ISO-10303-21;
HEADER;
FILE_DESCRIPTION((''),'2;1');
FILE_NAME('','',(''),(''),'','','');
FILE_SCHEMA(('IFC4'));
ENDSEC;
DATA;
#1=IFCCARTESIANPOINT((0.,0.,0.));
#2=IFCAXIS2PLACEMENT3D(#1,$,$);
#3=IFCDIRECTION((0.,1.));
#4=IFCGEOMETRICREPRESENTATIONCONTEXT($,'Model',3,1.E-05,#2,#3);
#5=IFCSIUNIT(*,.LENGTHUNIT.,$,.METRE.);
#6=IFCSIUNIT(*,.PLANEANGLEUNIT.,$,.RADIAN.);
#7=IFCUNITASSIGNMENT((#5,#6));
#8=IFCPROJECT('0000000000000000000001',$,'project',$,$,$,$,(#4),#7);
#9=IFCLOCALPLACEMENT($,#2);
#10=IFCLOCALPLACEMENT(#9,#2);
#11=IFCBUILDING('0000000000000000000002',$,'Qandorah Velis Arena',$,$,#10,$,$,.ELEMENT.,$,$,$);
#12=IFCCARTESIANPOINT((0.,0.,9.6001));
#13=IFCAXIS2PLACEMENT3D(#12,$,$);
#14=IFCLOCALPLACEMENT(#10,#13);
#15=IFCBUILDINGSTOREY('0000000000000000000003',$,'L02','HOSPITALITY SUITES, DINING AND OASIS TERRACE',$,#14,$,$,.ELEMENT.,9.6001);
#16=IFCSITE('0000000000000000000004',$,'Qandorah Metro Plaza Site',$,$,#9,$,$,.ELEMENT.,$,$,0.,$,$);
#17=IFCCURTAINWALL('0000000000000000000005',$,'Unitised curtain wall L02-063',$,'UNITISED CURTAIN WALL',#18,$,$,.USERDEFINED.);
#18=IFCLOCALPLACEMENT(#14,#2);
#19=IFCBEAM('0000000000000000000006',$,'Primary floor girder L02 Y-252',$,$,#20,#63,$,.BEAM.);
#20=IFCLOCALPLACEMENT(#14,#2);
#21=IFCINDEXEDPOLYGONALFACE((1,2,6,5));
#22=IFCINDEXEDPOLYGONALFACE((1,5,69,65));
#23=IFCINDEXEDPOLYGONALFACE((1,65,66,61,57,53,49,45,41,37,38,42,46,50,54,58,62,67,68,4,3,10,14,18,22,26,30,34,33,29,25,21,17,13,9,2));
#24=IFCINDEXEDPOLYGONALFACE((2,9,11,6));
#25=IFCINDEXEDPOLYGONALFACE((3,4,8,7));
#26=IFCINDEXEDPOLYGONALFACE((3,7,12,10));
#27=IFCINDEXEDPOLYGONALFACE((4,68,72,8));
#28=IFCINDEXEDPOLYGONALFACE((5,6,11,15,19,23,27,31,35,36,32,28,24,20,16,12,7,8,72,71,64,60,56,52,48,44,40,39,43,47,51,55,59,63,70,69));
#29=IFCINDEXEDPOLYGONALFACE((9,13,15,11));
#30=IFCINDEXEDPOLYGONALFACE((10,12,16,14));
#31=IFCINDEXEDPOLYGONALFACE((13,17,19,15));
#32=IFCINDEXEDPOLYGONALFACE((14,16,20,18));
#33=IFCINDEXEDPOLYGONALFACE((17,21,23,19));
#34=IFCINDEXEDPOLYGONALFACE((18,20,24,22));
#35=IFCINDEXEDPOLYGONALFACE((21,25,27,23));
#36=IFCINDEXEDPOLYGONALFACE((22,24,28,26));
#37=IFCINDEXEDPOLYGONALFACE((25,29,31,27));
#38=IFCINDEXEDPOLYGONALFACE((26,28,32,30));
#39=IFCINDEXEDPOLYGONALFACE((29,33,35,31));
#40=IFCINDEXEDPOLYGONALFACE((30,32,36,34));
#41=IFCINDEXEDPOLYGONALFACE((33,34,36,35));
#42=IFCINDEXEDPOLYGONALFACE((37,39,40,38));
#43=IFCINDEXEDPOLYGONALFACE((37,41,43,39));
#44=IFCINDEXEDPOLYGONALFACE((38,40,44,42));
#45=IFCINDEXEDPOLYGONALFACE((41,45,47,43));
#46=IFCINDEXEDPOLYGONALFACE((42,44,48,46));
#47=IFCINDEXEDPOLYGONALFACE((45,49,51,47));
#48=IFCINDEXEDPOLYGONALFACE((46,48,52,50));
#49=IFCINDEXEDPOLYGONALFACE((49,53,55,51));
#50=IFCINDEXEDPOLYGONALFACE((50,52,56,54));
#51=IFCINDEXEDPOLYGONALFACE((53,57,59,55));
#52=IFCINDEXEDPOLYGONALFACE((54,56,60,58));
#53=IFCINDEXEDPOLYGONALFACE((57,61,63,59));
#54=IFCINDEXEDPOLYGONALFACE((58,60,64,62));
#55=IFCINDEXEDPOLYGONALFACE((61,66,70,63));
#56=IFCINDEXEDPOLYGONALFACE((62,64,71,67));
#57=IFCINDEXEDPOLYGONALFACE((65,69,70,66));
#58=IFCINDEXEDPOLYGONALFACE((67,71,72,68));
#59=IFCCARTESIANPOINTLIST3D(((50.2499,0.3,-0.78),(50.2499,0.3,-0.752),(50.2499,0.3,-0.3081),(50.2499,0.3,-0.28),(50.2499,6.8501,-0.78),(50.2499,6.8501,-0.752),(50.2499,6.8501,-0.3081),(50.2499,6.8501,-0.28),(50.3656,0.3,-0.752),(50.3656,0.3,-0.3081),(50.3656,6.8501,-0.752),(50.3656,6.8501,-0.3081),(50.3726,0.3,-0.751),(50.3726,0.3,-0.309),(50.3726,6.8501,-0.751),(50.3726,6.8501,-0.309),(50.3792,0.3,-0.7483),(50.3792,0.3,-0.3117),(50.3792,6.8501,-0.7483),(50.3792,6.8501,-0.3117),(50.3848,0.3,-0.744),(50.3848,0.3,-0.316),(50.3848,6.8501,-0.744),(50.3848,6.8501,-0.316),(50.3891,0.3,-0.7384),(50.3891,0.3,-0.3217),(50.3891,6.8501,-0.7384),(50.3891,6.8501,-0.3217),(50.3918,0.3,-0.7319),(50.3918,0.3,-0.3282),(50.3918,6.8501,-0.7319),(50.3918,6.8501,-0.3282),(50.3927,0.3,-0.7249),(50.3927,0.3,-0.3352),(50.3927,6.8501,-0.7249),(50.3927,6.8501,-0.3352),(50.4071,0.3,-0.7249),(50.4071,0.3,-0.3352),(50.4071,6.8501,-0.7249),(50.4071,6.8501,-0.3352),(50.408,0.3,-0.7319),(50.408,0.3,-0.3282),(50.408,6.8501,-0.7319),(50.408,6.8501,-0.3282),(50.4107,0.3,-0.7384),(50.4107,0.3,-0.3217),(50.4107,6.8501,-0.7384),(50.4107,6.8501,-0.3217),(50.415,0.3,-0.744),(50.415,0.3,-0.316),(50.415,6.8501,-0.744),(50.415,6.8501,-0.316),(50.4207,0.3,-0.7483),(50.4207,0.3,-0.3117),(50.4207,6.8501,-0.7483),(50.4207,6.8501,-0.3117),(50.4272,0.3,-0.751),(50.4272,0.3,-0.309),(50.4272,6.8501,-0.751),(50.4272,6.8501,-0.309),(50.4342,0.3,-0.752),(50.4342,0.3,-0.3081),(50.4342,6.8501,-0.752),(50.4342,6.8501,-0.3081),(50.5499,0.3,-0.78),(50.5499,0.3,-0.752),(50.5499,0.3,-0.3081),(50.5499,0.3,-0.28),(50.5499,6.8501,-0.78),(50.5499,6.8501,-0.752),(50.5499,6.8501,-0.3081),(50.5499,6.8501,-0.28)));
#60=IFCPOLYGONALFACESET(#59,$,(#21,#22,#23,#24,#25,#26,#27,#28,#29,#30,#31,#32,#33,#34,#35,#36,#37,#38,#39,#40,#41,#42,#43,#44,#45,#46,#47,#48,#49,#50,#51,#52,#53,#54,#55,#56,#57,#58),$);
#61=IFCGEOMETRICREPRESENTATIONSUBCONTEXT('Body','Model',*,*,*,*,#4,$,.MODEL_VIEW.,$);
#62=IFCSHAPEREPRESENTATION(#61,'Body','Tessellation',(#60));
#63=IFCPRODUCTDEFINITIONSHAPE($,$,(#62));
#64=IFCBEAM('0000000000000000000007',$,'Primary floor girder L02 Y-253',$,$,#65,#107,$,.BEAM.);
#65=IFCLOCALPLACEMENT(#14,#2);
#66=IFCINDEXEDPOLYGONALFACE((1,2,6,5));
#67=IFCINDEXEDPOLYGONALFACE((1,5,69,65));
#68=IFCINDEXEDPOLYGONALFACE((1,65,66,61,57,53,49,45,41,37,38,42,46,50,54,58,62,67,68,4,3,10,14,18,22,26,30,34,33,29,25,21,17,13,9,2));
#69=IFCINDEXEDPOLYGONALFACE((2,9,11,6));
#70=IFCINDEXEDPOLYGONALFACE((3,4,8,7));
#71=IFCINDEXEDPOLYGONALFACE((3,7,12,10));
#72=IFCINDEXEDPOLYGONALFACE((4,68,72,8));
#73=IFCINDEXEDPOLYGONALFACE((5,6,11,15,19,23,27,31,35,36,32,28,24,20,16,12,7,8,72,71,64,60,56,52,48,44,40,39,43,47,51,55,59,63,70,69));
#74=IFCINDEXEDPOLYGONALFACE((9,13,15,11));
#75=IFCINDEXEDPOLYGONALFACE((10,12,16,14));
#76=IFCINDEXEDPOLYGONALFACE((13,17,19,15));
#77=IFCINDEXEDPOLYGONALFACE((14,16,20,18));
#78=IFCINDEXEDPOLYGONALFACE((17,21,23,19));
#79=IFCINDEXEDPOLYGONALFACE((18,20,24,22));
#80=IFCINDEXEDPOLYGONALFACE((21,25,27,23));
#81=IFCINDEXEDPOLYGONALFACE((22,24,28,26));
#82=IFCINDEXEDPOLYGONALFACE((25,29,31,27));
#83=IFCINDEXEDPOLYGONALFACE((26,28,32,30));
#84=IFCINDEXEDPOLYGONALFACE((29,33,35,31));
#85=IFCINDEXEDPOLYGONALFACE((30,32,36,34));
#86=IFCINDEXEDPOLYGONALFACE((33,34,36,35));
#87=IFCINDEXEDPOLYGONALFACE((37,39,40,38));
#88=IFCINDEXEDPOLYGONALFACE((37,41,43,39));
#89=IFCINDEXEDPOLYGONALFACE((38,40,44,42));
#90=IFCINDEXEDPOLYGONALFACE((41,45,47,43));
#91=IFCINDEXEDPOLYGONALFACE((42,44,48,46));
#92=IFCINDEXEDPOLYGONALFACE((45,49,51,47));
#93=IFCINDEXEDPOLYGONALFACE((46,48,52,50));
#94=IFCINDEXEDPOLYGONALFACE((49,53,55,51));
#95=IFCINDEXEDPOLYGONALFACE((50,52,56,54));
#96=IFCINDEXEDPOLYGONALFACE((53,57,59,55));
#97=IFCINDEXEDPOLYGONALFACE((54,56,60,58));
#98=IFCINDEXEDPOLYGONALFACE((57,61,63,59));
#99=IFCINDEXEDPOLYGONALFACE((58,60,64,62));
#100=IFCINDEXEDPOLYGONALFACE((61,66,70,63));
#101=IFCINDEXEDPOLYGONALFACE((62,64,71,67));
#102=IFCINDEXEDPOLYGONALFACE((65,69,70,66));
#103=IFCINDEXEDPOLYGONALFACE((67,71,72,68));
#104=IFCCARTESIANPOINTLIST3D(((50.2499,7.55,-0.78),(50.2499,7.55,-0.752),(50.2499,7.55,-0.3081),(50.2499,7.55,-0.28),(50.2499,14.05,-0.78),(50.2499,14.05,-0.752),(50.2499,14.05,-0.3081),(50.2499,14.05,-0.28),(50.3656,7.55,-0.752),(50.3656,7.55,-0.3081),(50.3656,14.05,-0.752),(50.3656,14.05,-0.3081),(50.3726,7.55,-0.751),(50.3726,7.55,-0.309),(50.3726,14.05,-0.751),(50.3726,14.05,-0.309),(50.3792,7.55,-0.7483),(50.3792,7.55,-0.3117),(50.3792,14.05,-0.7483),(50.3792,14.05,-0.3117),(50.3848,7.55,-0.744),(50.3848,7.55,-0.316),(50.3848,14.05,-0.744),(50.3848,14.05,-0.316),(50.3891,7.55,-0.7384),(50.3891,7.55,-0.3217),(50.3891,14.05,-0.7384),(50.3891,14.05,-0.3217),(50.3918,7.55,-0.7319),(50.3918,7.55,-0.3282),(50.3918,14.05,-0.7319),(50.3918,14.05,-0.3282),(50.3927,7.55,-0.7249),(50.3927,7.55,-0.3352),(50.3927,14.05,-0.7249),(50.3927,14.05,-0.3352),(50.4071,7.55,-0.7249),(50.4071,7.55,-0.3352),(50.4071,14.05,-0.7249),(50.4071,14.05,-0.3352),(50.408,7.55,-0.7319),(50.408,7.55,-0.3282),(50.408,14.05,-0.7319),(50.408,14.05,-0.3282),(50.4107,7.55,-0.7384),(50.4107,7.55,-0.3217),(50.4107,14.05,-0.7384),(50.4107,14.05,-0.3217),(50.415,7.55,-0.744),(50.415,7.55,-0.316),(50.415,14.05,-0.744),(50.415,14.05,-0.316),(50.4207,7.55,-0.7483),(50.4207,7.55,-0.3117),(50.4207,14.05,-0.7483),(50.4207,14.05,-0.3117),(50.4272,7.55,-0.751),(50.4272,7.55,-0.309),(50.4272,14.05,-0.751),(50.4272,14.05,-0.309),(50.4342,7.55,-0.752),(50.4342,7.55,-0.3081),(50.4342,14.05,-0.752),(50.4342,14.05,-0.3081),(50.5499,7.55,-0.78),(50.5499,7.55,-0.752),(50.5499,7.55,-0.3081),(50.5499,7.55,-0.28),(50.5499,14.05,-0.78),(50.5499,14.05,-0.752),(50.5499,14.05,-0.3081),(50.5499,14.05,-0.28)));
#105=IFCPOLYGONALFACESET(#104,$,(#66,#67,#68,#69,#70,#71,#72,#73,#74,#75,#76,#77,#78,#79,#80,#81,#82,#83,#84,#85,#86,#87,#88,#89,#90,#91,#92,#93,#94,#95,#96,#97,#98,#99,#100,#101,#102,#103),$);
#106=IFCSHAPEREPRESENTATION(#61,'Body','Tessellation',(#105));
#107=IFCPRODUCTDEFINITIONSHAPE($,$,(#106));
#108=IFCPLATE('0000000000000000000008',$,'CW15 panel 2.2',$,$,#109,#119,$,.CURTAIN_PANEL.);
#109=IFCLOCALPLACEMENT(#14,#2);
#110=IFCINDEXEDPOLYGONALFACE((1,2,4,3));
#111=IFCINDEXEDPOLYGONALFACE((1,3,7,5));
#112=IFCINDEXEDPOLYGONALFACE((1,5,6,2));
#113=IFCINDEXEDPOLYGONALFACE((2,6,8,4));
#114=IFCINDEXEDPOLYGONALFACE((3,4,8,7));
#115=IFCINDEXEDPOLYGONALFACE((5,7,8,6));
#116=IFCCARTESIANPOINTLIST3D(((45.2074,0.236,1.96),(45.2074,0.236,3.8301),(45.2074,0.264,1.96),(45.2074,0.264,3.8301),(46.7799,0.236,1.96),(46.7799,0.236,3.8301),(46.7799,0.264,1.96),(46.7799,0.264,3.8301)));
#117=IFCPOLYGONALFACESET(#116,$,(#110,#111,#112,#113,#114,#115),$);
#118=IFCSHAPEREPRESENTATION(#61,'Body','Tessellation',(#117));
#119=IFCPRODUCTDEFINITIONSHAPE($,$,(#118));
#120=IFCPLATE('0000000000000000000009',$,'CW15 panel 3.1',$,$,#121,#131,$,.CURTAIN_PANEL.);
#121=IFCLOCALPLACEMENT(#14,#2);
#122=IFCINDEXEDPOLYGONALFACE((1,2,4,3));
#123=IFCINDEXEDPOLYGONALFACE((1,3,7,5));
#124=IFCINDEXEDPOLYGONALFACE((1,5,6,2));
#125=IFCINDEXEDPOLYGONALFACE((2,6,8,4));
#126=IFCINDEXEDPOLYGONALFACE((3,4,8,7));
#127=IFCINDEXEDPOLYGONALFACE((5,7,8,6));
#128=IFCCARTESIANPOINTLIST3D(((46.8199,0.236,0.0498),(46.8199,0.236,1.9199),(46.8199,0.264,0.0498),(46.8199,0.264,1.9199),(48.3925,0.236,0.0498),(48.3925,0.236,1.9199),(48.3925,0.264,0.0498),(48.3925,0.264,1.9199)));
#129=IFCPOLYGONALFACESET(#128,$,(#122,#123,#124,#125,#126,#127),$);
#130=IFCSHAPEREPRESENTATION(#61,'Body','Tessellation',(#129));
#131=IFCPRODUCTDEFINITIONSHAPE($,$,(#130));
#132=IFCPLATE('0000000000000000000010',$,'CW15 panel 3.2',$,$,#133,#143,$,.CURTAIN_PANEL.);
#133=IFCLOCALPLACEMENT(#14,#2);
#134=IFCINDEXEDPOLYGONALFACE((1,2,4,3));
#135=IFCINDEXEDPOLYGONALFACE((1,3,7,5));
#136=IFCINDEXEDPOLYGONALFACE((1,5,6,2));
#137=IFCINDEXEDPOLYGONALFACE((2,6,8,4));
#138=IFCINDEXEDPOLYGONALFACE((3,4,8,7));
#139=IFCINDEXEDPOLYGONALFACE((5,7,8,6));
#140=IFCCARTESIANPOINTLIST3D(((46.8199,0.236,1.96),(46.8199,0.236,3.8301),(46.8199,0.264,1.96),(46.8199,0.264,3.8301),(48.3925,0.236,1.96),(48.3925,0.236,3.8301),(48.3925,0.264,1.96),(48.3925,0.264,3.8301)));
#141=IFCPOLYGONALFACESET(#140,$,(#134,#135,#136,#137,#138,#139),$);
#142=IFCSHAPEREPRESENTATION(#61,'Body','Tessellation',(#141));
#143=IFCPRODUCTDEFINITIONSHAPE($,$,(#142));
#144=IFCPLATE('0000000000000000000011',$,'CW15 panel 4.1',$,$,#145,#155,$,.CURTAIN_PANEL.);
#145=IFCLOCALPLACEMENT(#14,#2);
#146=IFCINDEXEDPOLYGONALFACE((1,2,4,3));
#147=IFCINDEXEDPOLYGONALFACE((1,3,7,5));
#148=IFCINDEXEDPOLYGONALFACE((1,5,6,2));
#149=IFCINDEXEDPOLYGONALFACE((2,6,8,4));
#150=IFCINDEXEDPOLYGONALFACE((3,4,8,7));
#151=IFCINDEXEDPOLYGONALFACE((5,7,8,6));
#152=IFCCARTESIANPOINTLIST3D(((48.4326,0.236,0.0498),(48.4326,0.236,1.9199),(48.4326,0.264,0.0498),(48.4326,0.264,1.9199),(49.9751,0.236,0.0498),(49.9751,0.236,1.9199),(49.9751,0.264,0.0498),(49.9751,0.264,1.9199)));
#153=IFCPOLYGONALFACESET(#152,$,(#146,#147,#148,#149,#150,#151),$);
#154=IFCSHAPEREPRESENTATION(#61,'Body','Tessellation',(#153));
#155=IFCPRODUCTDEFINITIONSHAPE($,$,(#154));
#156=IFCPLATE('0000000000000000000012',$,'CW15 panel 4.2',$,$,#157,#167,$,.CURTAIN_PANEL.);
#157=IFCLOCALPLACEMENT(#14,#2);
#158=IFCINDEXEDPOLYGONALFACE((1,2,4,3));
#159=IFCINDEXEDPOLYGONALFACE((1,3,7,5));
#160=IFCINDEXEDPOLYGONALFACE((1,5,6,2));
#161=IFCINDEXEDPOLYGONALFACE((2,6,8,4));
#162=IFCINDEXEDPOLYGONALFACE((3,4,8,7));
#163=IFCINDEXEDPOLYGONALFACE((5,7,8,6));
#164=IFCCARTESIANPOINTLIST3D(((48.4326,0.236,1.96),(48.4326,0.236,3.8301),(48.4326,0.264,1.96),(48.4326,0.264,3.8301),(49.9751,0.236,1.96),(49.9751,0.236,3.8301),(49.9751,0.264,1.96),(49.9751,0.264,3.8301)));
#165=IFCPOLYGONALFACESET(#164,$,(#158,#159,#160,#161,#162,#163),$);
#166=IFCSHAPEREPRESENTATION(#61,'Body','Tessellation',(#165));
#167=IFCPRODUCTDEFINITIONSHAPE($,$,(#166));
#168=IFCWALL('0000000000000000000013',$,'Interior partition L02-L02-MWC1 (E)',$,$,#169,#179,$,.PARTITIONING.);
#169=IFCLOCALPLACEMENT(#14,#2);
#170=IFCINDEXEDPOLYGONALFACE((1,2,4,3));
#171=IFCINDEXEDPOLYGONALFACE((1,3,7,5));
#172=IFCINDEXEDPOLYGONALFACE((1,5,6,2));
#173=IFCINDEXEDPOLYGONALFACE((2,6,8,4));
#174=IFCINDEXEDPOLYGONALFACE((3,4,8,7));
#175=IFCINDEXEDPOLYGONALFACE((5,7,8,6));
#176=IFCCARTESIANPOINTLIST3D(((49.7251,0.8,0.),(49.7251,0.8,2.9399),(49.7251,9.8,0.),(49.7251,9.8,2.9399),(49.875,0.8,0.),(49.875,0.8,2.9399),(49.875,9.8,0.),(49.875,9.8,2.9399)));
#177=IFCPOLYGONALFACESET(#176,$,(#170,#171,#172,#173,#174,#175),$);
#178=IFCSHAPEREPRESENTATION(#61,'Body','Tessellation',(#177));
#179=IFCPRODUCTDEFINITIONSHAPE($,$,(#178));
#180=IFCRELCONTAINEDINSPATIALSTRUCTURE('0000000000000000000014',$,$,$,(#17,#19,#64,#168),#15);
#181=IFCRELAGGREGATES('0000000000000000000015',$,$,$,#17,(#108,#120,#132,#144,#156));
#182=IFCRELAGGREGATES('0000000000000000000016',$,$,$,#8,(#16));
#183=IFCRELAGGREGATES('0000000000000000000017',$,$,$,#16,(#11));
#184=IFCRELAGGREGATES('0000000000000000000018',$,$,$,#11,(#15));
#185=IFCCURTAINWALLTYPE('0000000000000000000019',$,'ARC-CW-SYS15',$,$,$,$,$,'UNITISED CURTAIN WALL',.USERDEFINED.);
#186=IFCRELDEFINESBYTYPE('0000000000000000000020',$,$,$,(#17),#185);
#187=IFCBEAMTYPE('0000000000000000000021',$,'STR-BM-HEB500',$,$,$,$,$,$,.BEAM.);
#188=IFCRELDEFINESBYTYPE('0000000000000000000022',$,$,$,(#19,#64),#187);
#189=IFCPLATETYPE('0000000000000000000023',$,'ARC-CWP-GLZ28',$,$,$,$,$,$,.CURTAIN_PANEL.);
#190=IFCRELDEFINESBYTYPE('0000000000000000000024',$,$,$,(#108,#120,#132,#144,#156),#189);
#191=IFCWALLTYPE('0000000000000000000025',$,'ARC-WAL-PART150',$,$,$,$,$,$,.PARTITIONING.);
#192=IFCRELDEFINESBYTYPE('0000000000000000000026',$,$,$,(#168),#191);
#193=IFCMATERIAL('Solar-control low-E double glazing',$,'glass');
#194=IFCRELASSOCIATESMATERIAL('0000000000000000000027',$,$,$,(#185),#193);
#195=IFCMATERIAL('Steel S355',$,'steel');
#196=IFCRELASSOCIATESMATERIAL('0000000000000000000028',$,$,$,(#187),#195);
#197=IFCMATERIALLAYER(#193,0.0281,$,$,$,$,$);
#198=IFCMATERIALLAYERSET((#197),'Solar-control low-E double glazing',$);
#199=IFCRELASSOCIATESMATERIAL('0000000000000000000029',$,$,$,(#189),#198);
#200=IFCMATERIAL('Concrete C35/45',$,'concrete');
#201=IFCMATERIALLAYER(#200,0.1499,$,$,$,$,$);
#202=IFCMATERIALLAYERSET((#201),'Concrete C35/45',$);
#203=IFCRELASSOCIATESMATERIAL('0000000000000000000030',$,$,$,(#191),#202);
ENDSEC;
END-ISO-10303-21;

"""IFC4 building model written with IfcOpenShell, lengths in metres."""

from ifc_helpers import new_model, si_unit, direction, frame, frame_2d, origin, origin_2d, place, context, subcontext, project, spatial, rectangle, i_section, extrude, material, layer, layer_set, material_profile, profile_set, type_object, element, aggregate, save


model = new_model("IFC4")

# Units and contexts
model_context = context("Model", 3, precision=1e-05, world=origin(), true_north=direction((0.0, 1.0)))
body_context = subcontext(model_context, "Body", "Model", "MODEL_VIEW")
ifc_project = project(units=[si_unit("LENGTHUNIT", "METRE"), si_unit("PLANEANGLEUNIT", "RADIAN")], contexts=[model_context])

# Site, building, storey
site_placement = place(None, origin())
site = spatial("IfcSite", under=ifc_project, at=site_placement, Name="Qandorah Metro Plaza Site", CompositionType="ELEMENT", RefElevation=0.0)
building_placement = place(site_placement, origin())
building = spatial("IfcBuilding", under=site, at=building_placement, Name="Qandorah Velis Arena", CompositionType="ELEMENT")
storey_placement = place(building_placement, frame((0.0, 0.0, 9.6001)))
storey = spatial("IfcBuildingStorey", under=building, at=storey_placement, Name="L02", Description="HOSPITALITY SUITES, DINING AND OASIS TERRACE", CompositionType="ELEMENT", Elevation=9.6001)

# Curtain wall
ifc_material_1 = material(Name="Solar-control low-E double glazing", Category="glass")
curtain_wall_type = type_object("IfcCurtainWallType", Name="ARC-CW-SYS15", ElementType="UNITISED CURTAIN WALL", PredefinedType="USERDEFINED", material=ifc_material_1)
curtain_wall_placement = place(storey_placement, origin())
curtain_wall = element("IfcCurtainWall", 1, at=curtain_wall_placement, inside=storey, type_object=curtain_wall_type, Name="Unitised curtain wall L02-063", ObjectType="UNITISED CURTAIN WALL", PredefinedType="USERDEFINED")

# Beams
ifc_material_2 = material(Name="Steel S355", Category="steel")
ifc_material_profile_1 = material_profile(ifc_material_2, i_section(OverallWidth=0.3, OverallDepth=0.5, WebThickness=0.0144, FlangeThickness=0.0281, FilletRadius=0.0271, at=origin_2d()), Name="HEB 500")
ifc_profile_set_1 = profile_set([ifc_material_profile_1], Name="Steel S355")
beam_type = type_object("IfcBeamType", Name="STR-BM-HEB500", PredefinedType="BEAM", material=ifc_profile_set_1)
beam_1_placement = place(storey_placement, frame((50.3999, 0.3, -0.53), z_axis=(0.0, 1.0, 0.0), x_axis=(-1.0, 0.0, 0.0)))
element("IfcBeam", 2, at=beam_1_placement, inside=storey, type_object=beam_type, Name="Primary floor girder L02 Y-252", PredefinedType="BEAM", context=body_context, shape_type="SweptSolid", body=[
    extrude(i_section(OverallWidth=0.3, OverallDepth=0.5, WebThickness=0.0144, FlangeThickness=0.0281, FilletRadius=0.0271, at=origin_2d()), origin(), (0.0, 0.0, 1.0), 6.55),
])
beam_2_placement = place(storey_placement, frame((50.3999, 7.55, -0.53), z_axis=(0.0, 1.0, 0.0), x_axis=(-1.0, 0.0, 0.0)))
element("IfcBeam", 3, at=beam_2_placement, inside=storey, type_object=beam_type, Name="Primary floor girder L02 Y-253", PredefinedType="BEAM", context=body_context, shape_type="SweptSolid", body=[
    extrude(i_section(OverallWidth=0.3, OverallDepth=0.5, WebThickness=0.0144, FlangeThickness=0.0281, FilletRadius=0.0271, at=origin_2d()), origin(), (0.0, 0.0, 1.0), 6.5),
])

# Plates
ifc_layer_1 = layer(ifc_material_1, 0.0281)
ifc_layer_set_1 = layer_set([ifc_layer_1], Name="Solar-control low-E double glazing")
plate_type = type_object("IfcPlateType", Name="ARC-CWP-GLZ28", PredefinedType="CURTAIN_PANEL", material=ifc_layer_set_1)
plate_1_placement = place(storey_placement, frame((45.9937, 0.25, 1.96), z_axis=(0.0, 0.0, 1.0), x_axis=(1.0, 0.0, 0.0)))
plate_1 = element("IfcPlate", 4, at=plate_1_placement, type_object=plate_type, Name="CW15 panel 2.2", PredefinedType="CURTAIN_PANEL", context=body_context, shape_type="SweptSolid", body=[
    extrude(rectangle(XDim=1.5725, YDim=0.0281, at=origin_2d()), origin(), (0.0, 0.0, 1.0), 1.8701),
])
plate_2_placement = place(storey_placement, frame((47.6062, 0.25, 0.0498), z_axis=(0.0, 0.0, 1.0), x_axis=(1.0, 0.0, 0.0)))
plate_2 = element("IfcPlate", 5, at=plate_2_placement, type_object=plate_type, Name="CW15 panel 3.1", PredefinedType="CURTAIN_PANEL", context=body_context, shape_type="SweptSolid", body=[
    extrude(rectangle(XDim=1.5725, YDim=0.0281, at=origin_2d()), origin(), (0.0, 0.0, 1.0), 1.8701),
])
plate_3_placement = place(storey_placement, frame((47.6062, 0.25, 1.96), z_axis=(0.0, 0.0, 1.0), x_axis=(1.0, 0.0, 0.0)))
plate_3 = element("IfcPlate", 6, at=plate_3_placement, type_object=plate_type, Name="CW15 panel 3.2", PredefinedType="CURTAIN_PANEL", context=body_context, shape_type="SweptSolid", body=[
    extrude(rectangle(XDim=1.5725, YDim=0.0281, at=origin_2d()), origin(), (0.0, 0.0, 1.0), 1.8701),
])
plate_4_placement = place(storey_placement, frame((49.2039, 0.25, 0.0498), z_axis=(0.0, 0.0, 1.0), x_axis=(1.0, 0.0, 0.0)))
plate_4 = element("IfcPlate", 7, at=plate_4_placement, type_object=plate_type, Name="CW15 panel 4.1", PredefinedType="CURTAIN_PANEL", context=body_context, shape_type="SweptSolid", body=[
    extrude(rectangle(XDim=1.5425, YDim=0.0281, at=origin_2d()), origin(), (0.0, 0.0, 1.0), 1.8701),
])
plate_5_placement = place(storey_placement, frame((49.2039, 0.25, 1.96), z_axis=(0.0, 0.0, 1.0), x_axis=(1.0, 0.0, 0.0)))
plate_5 = element("IfcPlate", 8, at=plate_5_placement, type_object=plate_type, Name="CW15 panel 4.2", PredefinedType="CURTAIN_PANEL", context=body_context, shape_type="SweptSolid", body=[
    extrude(rectangle(XDim=1.5425, YDim=0.0281, at=origin_2d()), origin(), (0.0, 0.0, 1.0), 1.8701),
])
aggregate(curtain_wall, [plate_1, plate_2, plate_3, plate_4, plate_5])

# Wall
ifc_material_3 = material(Name="Concrete C35/45", Category="concrete")
ifc_layer_2 = layer(ifc_material_3, 0.1499)
ifc_layer_set_2 = layer_set([ifc_layer_2], Name="Concrete C35/45")
wall_type = type_object("IfcWallType", Name="ARC-WAL-PART150", PredefinedType="PARTITIONING", material=ifc_layer_set_2)
wall_1_placement = place(storey_placement, frame((49.8, 0.8, 0.0), z_axis=(0.0, 0.0, 1.0), x_axis=(0.0, 1.0, 0.0)))
element("IfcWall", 9, at=wall_1_placement, inside=storey, type_object=wall_type, Name="Interior partition L02-L02-MWC1 (E)", PredefinedType="PARTITIONING", context=body_context, shape_type="SweptSolid", body=[
    extrude(rectangle(XDim=9.0, YDim=0.1499, at=frame_2d((4.5, 0.0))), origin(), (0.0, 0.0, 1.0), 2.9399),
])

save(model, "model.ifc")
